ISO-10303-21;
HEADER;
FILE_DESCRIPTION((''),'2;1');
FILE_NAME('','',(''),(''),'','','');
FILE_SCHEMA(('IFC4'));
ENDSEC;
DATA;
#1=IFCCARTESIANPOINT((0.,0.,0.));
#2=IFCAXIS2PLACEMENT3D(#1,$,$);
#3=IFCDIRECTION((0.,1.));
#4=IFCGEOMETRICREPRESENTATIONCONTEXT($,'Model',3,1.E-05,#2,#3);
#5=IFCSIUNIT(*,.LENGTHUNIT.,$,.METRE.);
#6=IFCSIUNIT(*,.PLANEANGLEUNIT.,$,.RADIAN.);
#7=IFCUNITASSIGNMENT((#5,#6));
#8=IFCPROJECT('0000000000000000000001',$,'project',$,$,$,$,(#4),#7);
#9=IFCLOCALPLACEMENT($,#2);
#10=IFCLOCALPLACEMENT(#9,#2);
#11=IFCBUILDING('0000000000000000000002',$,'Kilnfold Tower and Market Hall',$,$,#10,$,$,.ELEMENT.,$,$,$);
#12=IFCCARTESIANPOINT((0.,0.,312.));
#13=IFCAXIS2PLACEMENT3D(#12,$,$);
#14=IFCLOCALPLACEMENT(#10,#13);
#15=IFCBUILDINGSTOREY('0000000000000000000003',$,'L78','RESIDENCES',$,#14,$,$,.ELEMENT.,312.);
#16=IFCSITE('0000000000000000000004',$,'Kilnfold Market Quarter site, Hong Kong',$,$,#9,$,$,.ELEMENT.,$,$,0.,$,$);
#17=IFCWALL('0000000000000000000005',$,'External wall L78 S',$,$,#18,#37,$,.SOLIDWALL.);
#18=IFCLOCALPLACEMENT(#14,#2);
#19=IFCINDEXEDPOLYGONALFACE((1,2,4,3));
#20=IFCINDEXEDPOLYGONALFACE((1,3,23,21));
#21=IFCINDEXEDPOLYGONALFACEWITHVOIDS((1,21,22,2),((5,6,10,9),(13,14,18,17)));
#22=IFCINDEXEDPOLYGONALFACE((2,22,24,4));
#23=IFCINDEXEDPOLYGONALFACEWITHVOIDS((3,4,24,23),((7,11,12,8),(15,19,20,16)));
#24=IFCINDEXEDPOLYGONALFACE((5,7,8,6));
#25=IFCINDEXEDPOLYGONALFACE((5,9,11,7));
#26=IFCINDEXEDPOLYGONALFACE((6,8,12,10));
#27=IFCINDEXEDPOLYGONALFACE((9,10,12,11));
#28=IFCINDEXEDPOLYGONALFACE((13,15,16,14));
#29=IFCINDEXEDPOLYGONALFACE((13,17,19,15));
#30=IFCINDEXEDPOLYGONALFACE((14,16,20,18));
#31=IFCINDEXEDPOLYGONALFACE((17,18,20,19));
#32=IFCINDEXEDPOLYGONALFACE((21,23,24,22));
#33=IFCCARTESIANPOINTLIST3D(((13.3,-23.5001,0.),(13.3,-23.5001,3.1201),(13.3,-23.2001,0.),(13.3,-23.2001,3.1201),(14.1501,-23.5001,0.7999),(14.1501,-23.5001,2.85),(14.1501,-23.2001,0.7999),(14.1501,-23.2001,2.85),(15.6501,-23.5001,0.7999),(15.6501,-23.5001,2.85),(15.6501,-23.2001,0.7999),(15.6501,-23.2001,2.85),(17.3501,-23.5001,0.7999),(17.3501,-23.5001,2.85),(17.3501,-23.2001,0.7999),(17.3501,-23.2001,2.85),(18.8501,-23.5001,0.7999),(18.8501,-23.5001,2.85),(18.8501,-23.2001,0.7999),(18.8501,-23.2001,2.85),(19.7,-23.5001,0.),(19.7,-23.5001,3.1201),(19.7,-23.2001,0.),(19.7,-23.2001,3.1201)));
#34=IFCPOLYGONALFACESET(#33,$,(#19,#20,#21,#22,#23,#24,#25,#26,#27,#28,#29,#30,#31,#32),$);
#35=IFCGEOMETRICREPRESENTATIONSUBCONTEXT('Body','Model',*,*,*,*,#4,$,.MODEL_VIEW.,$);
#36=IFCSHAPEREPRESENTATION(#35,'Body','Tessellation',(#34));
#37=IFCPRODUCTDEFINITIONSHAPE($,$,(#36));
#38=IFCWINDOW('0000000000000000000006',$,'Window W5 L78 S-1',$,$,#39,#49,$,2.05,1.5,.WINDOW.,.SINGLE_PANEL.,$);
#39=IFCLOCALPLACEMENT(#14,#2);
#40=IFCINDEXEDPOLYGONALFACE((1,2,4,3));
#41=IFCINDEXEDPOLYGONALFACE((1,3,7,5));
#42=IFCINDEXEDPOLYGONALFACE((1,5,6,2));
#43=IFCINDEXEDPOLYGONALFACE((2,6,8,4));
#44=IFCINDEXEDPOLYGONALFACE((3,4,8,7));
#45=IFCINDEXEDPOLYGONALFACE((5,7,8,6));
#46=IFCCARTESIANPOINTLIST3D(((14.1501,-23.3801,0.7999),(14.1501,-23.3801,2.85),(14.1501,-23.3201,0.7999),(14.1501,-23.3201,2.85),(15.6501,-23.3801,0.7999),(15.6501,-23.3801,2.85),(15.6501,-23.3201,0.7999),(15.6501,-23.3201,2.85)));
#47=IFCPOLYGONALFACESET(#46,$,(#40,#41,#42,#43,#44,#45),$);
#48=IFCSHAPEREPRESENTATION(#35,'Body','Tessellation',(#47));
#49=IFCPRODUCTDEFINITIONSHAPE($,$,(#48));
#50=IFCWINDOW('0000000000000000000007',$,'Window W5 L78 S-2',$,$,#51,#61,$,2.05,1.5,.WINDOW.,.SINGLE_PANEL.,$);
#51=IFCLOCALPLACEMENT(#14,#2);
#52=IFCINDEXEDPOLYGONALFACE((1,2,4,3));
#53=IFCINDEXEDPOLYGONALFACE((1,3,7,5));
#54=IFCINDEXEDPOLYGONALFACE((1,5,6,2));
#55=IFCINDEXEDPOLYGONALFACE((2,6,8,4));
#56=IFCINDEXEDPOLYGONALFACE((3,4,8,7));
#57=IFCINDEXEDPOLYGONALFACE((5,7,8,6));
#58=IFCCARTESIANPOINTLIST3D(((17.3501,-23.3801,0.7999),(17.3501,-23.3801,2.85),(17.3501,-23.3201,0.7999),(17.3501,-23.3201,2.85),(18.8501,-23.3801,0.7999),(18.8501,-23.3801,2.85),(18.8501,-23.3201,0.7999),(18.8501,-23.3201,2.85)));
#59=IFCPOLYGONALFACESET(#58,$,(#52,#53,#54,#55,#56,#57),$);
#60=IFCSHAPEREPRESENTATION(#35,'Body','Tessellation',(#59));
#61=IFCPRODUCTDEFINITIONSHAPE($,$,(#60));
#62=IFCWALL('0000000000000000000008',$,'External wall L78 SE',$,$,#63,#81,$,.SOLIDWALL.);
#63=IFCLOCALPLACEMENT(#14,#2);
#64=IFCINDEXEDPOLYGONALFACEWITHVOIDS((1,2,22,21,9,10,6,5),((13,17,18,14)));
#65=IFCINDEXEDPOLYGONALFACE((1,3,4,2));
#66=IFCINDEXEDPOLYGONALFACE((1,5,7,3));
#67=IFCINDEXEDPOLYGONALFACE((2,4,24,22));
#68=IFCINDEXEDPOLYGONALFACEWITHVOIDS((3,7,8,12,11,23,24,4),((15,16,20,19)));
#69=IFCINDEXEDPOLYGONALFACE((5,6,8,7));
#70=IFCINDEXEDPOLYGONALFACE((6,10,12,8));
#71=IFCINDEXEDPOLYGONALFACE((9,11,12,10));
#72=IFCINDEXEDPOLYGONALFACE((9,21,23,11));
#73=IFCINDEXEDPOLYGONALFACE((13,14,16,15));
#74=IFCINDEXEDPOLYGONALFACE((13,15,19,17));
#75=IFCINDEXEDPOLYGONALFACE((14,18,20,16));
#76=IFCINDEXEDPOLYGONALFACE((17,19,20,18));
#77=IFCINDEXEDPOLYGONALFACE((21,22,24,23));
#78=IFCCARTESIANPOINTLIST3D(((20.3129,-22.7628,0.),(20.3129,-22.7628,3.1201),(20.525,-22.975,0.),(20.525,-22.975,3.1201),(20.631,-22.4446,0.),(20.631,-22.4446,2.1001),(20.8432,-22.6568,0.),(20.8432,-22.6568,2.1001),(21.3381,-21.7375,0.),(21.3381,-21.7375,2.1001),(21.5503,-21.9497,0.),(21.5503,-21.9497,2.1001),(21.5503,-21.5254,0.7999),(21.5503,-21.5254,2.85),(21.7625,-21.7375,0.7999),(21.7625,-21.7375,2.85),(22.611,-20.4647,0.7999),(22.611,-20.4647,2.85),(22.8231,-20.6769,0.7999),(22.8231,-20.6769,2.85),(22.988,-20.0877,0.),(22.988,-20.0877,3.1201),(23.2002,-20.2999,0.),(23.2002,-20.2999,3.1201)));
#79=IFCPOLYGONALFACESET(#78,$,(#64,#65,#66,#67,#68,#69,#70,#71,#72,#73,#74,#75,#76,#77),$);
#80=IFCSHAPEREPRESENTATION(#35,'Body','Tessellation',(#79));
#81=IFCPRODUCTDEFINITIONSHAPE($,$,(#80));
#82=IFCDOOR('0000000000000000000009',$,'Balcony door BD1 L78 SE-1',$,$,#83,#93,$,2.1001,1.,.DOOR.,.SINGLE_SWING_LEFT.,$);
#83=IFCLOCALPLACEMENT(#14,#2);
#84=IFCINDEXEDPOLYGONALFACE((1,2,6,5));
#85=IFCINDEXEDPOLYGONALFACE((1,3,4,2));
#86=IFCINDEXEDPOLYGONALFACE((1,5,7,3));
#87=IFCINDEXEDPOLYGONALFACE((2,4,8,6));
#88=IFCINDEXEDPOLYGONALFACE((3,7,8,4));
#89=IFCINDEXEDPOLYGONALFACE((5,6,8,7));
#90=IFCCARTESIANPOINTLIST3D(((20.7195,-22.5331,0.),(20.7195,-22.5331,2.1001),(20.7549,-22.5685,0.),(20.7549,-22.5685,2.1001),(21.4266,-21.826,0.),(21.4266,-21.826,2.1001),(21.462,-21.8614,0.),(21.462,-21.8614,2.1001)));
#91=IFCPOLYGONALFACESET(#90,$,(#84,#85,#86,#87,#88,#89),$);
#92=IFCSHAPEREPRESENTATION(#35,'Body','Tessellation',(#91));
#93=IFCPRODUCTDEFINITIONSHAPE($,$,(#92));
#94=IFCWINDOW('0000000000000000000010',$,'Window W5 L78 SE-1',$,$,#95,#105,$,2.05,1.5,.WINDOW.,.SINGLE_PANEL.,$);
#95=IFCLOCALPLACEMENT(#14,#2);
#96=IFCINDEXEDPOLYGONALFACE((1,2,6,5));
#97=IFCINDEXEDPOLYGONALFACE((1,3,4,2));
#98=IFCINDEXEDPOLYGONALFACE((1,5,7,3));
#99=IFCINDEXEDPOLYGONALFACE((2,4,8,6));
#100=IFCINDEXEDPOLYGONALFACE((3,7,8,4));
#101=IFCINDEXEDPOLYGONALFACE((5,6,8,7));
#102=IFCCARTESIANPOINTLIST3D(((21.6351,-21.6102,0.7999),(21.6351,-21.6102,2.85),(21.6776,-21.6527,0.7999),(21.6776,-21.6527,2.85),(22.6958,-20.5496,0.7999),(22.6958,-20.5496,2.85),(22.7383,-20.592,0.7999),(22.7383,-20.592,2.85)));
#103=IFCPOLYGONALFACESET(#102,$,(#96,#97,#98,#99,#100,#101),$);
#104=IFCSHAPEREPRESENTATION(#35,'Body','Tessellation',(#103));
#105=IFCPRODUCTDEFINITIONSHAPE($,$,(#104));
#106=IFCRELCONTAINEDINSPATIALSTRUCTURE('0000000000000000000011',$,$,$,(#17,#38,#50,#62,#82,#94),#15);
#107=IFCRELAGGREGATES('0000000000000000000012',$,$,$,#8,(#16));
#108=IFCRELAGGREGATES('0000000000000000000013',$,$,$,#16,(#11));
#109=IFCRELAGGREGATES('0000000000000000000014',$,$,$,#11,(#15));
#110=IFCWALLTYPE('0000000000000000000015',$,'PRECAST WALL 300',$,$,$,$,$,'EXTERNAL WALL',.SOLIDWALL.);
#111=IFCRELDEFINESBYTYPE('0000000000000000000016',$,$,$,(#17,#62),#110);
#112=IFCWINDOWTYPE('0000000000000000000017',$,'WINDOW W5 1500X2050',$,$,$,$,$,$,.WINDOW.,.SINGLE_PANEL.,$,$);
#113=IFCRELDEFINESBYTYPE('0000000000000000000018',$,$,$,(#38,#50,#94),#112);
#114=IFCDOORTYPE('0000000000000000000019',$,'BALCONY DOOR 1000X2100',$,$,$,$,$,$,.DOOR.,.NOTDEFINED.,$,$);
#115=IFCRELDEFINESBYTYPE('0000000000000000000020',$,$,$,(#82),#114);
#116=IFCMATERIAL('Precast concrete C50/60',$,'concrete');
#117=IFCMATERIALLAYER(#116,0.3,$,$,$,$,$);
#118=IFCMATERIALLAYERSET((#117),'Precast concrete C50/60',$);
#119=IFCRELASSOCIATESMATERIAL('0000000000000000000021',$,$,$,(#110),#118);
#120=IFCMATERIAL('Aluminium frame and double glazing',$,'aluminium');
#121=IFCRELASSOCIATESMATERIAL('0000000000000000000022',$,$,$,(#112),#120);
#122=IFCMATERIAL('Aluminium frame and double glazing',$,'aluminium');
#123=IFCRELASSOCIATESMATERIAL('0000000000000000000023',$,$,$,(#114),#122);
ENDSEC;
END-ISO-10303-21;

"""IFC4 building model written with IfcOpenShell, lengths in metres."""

from ifc_helpers import new_model, si_unit, direction, frame, frame_2d, origin, place, context, subcontext, project, spatial, rectangle, extrude, source, transform, mapped, material, layer, layer_set, type_object, element, fill, save


model = new_model("IFC4")

# Units and contexts
model_context = context("Model", 3, precision=1e-05, world=origin(), true_north=direction((0.0, 1.0)))
body_context = subcontext(model_context, "Body", "Model", "MODEL_VIEW")
ifc_project = project(units=[si_unit("LENGTHUNIT", "METRE"), si_unit("PLANEANGLEUNIT", "RADIAN")], contexts=[model_context])

# Site, building, storey
site_placement = place(None, origin())
site = spatial("IfcSite", under=ifc_project, at=site_placement, Name="Kilnfold Market Quarter site, Hong Kong", CompositionType="ELEMENT", RefElevation=0.0)
building_placement = place(site_placement, origin())
building = spatial("IfcBuilding", under=site, at=building_placement, Name="Kilnfold Tower and Market Hall", CompositionType="ELEMENT")
storey_placement = place(building_placement, frame((0.0, 0.0, 312.0)))
storey = spatial("IfcBuildingStorey", under=building, at=storey_placement, Name="L78", Description="RESIDENCES", CompositionType="ELEMENT", Elevation=312.0)

# Wall, openings, windows
ifc_material_1 = material(Name="Precast concrete C50/60", Category="concrete")
ifc_layer_1 = layer(ifc_material_1, 0.3)
ifc_layer_set_1 = layer_set([ifc_layer_1], Name="Precast concrete C50/60")
wall_type_1 = type_object("IfcWallType", Name="PRECAST WALL 300", ElementType="EXTERNAL WALL", PredefinedType="SOLIDWALL", material=ifc_layer_set_1)
shared_shape_1 = source(origin(), body_context, "Body", "SweptSolid", [
    extrude(rectangle(XDim=6.3999, YDim=0.3, at=frame_2d((3.2, 0.0))), origin(), (0.0, 0.0, 1.0), 3.1201),
])
wall_1_placement = place(storey_placement, frame((13.3, -23.3501, 0.0), z_axis=(0.0, 0.0, 1.0), x_axis=(1.0, 0.0, 0.0)))
wall_1 = element("IfcWall", 1, at=wall_1_placement, inside=storey, type_object=wall_type_1, Name="External wall L78 S", PredefinedType="SOLIDWALL", context=body_context, shape_type="MappedRepresentation", body=[
    mapped(shared_shape_1, transform((0.0, 0.0, 0.0))),
])
opening_1_placement = place(wall_1_placement, frame((0.8501, 0.0, 0.8)))
opening_1 = element("IfcOpeningElement", 2, at=opening_1_placement, cuts=wall_1, PredefinedType="OPENING", context=body_context, shape_type="SweptSolid", body=[
    extrude(rectangle(XDim=1.5, YDim=2.05, at=frame_2d((0.75, 1.0249))), frame((0.0, 0.1602, 0.0), z_axis=(0.0, -1.0, 0.0), x_axis=(1.0, 0.0, 0.0)), (0.0, 0.0, 1.0), 0.3201),
])
opening_2_placement = place(wall_1_placement, frame((4.05, 0.0, 0.8)))
opening_2 = element("IfcOpeningElement", 3, at=opening_2_placement, cuts=wall_1, PredefinedType="OPENING", context=body_context, shape_type="SweptSolid", body=[
    extrude(rectangle(XDim=1.5, YDim=2.05, at=frame_2d((0.75, 1.0249))), frame((0.0, 0.1602, 0.0), z_axis=(0.0, -1.0, 0.0), x_axis=(1.0, 0.0, 0.0)), (0.0, 0.0, 1.0), 0.3201),
])
ifc_material_2 = material(Name="Aluminium frame and double glazing", Category="aluminium")
window_type = type_object("IfcWindowType", Name="WINDOW W5 1500X2050", PartitioningType="SINGLE_PANEL", PredefinedType="WINDOW", material=ifc_material_2)
window_1_placement = place(opening_1_placement, origin())
window_1 = element("IfcWindow", 4, at=window_1_placement, inside=storey, type_object=window_type, Name="Window W5 L78 S-1", OverallHeight=2.05, OverallWidth=1.5, PartitioningType="SINGLE_PANEL", PredefinedType="WINDOW", context=body_context, shape_type="SweptSolid", body=[
    extrude(rectangle(XDim=1.5, YDim=2.05, at=frame_2d((0.75, 1.0249))), frame((0.0, 0.03, 0.0), z_axis=(0.0, -1.0, 0.0), x_axis=(1.0, 0.0, 0.0)), (0.0, 0.0, 1.0), 0.0601),
])
fill(opening_1, window_1)
window_2_placement = place(opening_2_placement, origin())
window_2 = element("IfcWindow", 5, at=window_2_placement, inside=storey, type_object=window_type, Name="Window W5 L78 S-2", OverallHeight=2.05, OverallWidth=1.5, PartitioningType="SINGLE_PANEL", PredefinedType="WINDOW", context=body_context, shape_type="SweptSolid", body=[
    extrude(rectangle(XDim=1.5, YDim=2.05, at=frame_2d((0.75, 1.0249))), frame((0.0, 0.03, 0.0), z_axis=(0.0, -1.0, 0.0), x_axis=(1.0, 0.0, 0.0)), (0.0, 0.0, 1.0), 0.0601),
])
fill(opening_2, window_2)

# Wall, openings, door, window
shared_shape_2 = source(origin(), body_context, "Body", "SweptSolid", [
    extrude(rectangle(XDim=3.7832, YDim=0.3, at=frame_2d((1.8916, 0.0))), origin(), (0.0, 0.0, 1.0), 3.1201),
])
wall_2_placement = place(storey_placement, frame((20.4189, -22.8689, 0.0), z_axis=(0.0, 0.0, 1.0), x_axis=(0.707107, 0.707107, 0.0)))
wall_2 = element("IfcWall", 6, at=wall_2_placement, inside=storey, type_object=wall_type_1, Name="External wall L78 SE", PredefinedType="SOLIDWALL", context=body_context, shape_type="MappedRepresentation", body=[
    mapped(shared_shape_2, transform((0.0, 0.0, 0.0))),
])
opening_3_placement = place(wall_2_placement, frame((1.75, 0.0, 0.8)))
opening_3 = element("IfcOpeningElement", 7, at=opening_3_placement, cuts=wall_2, PredefinedType="OPENING", context=body_context, shape_type="SweptSolid", body=[
    extrude(rectangle(XDim=1.5, YDim=2.05, at=frame_2d((0.75, 1.0249))), frame((0.0, 0.1602, 0.0), z_axis=(0.0, -1.0, 0.0), x_axis=(1.0, 0.0, 0.0)), (0.0, 0.0, 1.0), 0.3201),
])
opening_4_placement = place(wall_2_placement, frame((0.45, 0.0, 0.0)))
opening_4 = element("IfcOpeningElement", 8, at=opening_4_placement, cuts=wall_2, PredefinedType="OPENING", context=body_context, shape_type="SweptSolid", body=[
    extrude(rectangle(XDim=1.0, YDim=2.1001, at=frame_2d((0.5, 1.05))), frame((0.0, 0.1602, 0.0), z_axis=(0.0, -1.0, 0.0), x_axis=(1.0, 0.0, 0.0)), (0.0, 0.0, 1.0), 0.3201),
])
ifc_material_3 = material(Name="Aluminium frame and double glazing", Category="aluminium")
door_type = type_object("IfcDoorType", Name="BALCONY DOOR 1000X2100", OperationType="NOTDEFINED", PredefinedType="DOOR", material=ifc_material_3)
door_placement = place(opening_4_placement, origin())
door = element("IfcDoor", 9, at=door_placement, inside=storey, type_object=door_type, Name="Balcony door BD1 L78 SE-1", OperationType="SINGLE_SWING_LEFT", OverallHeight=2.1001, OverallWidth=1.0, PredefinedType="DOOR", context=body_context, shape_type="SweptSolid", body=[
    extrude(rectangle(XDim=1.0, YDim=2.1001, at=frame_2d((0.5, 1.05))), frame((0.0, 0.0249, 0.0), z_axis=(0.0, -1.0, 0.0), x_axis=(1.0, 0.0, 0.0)), (0.0, 0.0, 1.0), 0.05),
])
fill(opening_4, door)
window_3_placement = place(opening_3_placement, origin())
window_3 = element("IfcWindow", 10, at=window_3_placement, inside=storey, type_object=window_type, Name="Window W5 L78 SE-1", OverallHeight=2.05, OverallWidth=1.5, PartitioningType="SINGLE_PANEL", PredefinedType="WINDOW", context=body_context, shape_type="SweptSolid", body=[
    extrude(rectangle(XDim=1.5, YDim=2.05, at=frame_2d((0.75, 1.0249))), frame((0.0, 0.03, 0.0), z_axis=(0.0, -1.0, 0.0), x_axis=(1.0, 0.0, 0.0)), (0.0, 0.0, 1.0), 0.0601),
])
fill(opening_3, window_3)

save(model, "model.ifc")
